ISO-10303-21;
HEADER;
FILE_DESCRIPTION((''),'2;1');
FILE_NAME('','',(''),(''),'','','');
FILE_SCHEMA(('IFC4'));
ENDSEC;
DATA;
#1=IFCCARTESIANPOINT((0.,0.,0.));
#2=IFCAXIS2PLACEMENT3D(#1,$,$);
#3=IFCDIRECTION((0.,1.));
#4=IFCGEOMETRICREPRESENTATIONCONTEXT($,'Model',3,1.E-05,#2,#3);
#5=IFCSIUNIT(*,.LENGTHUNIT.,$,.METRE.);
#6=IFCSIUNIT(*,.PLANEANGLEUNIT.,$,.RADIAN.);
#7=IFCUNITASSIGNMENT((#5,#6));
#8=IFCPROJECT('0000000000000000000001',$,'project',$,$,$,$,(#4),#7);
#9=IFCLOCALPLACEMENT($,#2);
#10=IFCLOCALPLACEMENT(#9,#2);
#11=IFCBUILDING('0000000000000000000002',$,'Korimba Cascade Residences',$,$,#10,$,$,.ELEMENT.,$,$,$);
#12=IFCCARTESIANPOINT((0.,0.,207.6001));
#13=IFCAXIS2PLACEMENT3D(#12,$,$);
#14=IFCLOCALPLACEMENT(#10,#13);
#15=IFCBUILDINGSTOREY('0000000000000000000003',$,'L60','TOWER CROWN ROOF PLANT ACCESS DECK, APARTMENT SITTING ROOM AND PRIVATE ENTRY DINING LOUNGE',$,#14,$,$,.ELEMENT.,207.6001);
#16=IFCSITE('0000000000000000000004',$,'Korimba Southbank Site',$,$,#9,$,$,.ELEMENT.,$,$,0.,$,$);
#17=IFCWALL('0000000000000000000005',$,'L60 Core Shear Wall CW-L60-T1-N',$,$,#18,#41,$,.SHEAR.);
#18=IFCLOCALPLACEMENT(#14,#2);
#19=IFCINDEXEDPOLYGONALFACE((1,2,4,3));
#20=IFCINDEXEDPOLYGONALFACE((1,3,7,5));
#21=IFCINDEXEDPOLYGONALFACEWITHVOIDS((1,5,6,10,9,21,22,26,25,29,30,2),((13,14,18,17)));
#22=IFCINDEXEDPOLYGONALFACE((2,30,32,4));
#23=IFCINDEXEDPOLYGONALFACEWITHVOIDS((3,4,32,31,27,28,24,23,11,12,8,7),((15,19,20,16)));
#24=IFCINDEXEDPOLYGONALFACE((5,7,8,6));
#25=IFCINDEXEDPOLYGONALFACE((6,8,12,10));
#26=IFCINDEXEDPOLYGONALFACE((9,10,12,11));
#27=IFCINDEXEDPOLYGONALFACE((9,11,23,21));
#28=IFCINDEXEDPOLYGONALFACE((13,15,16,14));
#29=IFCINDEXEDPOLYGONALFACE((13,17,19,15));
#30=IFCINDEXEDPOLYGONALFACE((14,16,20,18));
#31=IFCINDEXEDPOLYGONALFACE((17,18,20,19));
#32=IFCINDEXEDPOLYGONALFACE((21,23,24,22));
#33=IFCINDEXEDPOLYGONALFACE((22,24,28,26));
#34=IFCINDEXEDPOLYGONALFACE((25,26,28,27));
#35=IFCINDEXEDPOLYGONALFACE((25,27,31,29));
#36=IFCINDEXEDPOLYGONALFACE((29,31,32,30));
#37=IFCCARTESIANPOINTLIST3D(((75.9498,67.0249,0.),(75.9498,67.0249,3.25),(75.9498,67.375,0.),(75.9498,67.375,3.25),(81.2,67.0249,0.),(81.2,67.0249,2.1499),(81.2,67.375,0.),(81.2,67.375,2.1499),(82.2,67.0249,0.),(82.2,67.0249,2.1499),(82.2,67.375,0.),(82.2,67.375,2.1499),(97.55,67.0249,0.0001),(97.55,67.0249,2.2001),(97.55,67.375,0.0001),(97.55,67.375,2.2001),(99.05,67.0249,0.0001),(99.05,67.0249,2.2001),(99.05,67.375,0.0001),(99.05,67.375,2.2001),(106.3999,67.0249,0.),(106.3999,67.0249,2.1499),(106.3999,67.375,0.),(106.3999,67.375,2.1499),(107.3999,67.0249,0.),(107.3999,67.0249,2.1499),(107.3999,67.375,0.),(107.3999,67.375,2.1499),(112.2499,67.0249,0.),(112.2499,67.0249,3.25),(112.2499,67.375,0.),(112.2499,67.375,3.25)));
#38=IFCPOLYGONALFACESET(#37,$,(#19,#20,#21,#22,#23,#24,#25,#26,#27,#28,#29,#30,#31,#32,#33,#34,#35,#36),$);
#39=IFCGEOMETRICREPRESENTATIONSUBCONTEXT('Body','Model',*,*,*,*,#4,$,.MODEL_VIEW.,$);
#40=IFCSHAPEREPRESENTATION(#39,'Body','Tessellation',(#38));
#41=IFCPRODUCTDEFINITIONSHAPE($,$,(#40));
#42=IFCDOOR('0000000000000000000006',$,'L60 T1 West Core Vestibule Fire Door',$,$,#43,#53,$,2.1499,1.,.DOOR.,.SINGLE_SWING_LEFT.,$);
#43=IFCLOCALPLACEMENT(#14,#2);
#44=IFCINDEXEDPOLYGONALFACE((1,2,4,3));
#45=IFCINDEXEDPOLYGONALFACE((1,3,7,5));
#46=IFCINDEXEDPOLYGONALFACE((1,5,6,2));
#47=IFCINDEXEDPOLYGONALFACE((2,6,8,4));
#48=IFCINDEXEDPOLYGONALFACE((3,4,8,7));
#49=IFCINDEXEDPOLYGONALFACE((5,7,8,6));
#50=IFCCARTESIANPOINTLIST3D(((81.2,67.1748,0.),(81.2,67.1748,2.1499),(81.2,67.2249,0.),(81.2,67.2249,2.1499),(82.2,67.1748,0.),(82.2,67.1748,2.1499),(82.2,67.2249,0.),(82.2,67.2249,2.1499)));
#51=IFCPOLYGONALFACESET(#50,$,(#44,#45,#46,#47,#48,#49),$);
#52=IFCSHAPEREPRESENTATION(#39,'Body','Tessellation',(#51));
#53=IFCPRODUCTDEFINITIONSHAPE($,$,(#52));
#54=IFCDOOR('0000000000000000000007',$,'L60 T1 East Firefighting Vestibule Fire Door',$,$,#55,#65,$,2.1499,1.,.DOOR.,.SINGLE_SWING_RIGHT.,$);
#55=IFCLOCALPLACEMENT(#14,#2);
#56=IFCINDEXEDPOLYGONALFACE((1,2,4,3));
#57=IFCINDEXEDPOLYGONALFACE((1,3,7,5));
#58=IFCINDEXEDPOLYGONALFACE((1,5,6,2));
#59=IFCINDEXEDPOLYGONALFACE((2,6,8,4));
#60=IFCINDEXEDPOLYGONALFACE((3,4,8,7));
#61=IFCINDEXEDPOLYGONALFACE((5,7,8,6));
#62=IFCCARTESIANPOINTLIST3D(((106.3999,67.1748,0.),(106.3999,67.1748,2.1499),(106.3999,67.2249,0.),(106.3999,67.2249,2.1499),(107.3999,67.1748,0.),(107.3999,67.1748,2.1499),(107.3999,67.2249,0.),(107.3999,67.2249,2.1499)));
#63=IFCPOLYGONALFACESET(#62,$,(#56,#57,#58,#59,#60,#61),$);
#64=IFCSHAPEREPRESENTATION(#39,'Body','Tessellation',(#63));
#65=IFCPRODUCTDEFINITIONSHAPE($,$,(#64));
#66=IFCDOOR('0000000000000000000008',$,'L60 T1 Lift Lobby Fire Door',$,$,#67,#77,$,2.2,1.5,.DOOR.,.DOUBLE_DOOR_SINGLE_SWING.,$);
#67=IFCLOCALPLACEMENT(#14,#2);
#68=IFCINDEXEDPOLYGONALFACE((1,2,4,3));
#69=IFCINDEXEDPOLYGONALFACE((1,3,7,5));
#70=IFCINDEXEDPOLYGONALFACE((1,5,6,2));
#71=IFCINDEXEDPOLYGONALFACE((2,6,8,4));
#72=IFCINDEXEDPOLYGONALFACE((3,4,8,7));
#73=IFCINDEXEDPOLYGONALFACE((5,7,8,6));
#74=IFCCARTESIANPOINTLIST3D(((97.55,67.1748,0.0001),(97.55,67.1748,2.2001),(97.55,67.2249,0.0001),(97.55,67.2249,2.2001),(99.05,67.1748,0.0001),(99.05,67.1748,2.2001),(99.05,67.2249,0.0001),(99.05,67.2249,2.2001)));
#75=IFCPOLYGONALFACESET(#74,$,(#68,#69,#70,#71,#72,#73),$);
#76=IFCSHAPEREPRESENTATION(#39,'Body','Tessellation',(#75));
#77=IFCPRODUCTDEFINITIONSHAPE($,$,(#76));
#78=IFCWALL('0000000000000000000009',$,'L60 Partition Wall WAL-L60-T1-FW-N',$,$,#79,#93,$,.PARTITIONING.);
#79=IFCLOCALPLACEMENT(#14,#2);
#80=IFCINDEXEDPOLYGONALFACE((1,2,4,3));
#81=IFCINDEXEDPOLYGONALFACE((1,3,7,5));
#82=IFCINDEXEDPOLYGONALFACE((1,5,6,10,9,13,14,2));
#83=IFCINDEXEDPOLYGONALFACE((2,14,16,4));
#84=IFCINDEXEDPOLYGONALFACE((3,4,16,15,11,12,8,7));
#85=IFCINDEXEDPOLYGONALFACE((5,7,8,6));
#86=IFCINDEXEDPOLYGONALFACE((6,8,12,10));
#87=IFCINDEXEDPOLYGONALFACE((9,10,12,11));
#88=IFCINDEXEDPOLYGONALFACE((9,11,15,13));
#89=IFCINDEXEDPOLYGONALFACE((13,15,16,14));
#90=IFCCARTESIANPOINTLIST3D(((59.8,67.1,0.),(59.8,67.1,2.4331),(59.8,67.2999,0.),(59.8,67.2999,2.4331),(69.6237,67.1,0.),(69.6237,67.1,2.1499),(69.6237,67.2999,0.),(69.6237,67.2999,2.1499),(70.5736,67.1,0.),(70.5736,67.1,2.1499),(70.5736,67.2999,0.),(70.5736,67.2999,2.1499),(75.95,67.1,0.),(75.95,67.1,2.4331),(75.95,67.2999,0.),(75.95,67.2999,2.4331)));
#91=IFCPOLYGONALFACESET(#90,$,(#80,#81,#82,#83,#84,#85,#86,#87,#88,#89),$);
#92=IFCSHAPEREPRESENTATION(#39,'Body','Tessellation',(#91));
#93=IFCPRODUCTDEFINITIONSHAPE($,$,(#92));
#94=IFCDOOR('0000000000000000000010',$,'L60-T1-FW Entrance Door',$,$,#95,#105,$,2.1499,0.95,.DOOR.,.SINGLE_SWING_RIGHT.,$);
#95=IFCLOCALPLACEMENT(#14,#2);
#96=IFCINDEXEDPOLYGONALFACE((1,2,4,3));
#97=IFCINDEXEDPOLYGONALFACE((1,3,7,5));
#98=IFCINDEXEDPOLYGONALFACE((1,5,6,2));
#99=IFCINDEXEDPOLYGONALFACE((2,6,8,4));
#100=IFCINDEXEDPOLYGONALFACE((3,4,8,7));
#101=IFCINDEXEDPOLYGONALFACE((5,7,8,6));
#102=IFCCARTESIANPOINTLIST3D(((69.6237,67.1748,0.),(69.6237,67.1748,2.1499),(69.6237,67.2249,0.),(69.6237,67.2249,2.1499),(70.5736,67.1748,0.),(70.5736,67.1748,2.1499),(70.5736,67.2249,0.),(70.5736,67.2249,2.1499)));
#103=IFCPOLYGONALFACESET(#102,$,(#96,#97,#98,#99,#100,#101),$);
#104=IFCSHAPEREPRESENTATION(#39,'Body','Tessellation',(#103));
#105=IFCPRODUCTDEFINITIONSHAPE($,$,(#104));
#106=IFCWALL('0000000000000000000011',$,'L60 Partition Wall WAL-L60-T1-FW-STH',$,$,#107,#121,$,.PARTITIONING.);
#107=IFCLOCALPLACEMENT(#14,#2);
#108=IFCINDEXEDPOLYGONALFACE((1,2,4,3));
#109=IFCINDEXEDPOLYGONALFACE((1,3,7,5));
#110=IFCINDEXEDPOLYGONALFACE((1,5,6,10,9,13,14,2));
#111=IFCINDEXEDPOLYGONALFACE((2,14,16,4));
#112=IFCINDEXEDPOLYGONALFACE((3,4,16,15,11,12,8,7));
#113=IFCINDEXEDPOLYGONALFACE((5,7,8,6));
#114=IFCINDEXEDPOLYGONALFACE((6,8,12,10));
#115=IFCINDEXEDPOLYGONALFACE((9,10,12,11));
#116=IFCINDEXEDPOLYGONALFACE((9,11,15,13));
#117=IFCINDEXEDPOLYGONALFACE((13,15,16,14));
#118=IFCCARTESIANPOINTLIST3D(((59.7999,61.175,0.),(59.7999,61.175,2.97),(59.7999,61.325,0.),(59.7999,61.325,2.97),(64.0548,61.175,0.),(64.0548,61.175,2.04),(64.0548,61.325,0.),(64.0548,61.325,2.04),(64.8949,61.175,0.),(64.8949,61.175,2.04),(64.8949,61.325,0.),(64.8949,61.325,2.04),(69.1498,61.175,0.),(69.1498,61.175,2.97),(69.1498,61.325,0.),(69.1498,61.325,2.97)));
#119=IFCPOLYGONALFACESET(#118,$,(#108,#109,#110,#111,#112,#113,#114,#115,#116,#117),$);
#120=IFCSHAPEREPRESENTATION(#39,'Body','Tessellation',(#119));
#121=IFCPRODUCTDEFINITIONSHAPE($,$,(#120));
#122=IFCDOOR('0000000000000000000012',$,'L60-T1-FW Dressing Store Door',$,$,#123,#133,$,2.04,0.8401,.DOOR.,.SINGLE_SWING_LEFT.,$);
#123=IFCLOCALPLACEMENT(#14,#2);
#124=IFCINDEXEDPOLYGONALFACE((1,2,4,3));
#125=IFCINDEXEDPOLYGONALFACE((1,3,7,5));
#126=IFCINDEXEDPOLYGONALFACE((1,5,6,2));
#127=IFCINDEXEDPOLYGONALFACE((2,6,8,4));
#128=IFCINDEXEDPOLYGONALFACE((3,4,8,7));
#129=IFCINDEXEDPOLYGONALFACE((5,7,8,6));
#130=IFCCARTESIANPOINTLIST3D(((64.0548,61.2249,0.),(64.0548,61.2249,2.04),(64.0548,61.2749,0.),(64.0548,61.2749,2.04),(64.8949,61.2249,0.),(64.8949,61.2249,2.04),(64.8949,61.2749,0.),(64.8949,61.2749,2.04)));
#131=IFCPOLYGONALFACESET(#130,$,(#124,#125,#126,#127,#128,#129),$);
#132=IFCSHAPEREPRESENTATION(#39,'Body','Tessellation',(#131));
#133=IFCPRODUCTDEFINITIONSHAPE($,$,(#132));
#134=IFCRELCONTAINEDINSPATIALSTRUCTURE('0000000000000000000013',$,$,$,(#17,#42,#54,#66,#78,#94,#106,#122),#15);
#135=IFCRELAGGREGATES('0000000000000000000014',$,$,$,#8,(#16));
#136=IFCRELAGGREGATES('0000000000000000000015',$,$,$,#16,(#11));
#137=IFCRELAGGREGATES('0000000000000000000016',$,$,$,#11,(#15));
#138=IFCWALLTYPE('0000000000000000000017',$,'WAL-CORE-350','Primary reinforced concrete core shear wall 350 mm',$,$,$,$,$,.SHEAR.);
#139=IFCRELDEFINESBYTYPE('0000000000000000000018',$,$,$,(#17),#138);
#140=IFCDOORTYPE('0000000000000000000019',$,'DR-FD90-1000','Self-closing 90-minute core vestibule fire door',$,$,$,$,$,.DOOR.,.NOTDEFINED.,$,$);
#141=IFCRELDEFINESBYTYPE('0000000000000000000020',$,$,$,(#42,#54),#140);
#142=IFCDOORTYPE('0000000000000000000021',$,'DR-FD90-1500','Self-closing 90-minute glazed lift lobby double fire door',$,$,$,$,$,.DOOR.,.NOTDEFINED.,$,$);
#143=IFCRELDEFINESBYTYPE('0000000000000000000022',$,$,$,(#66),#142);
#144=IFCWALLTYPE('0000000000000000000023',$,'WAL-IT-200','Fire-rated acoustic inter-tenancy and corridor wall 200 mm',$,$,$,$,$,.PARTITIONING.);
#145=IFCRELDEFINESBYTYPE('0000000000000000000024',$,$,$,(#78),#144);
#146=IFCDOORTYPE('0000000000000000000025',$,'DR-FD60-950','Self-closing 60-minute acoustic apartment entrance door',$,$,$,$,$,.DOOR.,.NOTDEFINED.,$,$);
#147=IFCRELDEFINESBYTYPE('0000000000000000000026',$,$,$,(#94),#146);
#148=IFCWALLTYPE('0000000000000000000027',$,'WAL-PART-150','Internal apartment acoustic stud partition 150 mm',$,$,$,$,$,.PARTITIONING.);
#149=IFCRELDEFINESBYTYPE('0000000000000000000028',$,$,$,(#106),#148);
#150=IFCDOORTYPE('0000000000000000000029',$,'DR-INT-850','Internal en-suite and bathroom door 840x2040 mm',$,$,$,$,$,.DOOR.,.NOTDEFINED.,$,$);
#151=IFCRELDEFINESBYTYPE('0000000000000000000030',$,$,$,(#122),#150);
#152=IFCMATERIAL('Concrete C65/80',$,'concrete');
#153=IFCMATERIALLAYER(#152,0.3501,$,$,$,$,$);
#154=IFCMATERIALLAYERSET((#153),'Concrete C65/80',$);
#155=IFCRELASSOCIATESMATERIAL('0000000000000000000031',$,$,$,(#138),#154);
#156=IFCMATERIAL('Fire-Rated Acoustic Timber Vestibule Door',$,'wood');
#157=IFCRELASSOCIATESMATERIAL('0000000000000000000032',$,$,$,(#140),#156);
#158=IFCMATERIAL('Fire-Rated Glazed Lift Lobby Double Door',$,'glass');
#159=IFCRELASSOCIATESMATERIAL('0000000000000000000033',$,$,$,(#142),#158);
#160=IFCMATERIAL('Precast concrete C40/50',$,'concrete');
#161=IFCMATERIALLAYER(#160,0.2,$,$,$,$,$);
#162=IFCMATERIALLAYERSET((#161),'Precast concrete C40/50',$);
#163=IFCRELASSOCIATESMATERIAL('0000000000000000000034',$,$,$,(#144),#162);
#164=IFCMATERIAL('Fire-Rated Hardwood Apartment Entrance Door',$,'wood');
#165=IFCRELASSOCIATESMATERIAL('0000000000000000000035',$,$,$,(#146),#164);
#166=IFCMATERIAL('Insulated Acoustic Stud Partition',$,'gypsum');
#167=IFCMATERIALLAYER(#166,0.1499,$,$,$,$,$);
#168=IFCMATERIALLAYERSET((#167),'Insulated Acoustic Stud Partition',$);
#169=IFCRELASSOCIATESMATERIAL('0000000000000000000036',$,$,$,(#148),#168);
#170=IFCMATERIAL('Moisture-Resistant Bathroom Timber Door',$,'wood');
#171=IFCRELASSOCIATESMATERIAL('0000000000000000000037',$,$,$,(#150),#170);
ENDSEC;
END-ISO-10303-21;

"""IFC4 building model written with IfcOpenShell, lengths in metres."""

from ifc_helpers import new_model, si_unit, direction, frame, frame_2d, origin, place, context, subcontext, project, spatial, rectangle, extrude, material, layer, layer_set, type_object, element, fill, save


model = new_model("IFC4")

# Units and contexts
model_context = context("Model", 3, precision=1e-05, world=origin(), true_north=direction((0.0, 1.0)))
body_context = subcontext(model_context, "Body", "Model", "MODEL_VIEW")
ifc_project = project(units=[si_unit("LENGTHUNIT", "METRE"), si_unit("PLANEANGLEUNIT", "RADIAN")], contexts=[model_context])

# Site, building, storey
site_placement = place(None, origin())
site = spatial("IfcSite", under=ifc_project, at=site_placement, Name="Korimba Southbank Site", CompositionType="ELEMENT", RefElevation=0.0)
building_placement = place(site_placement, origin())
building = spatial("IfcBuilding", under=site, at=building_placement, Name="Korimba Cascade Residences", CompositionType="ELEMENT")
storey_placement = place(building_placement, frame((0.0, 0.0, 207.6001)))
storey = spatial("IfcBuildingStorey", under=building, at=storey_placement, Name="L60", Description="TOWER CROWN ROOF PLANT ACCESS DECK, APARTMENT SITTING ROOM AND PRIVATE ENTRY DINING LOUNGE", CompositionType="ELEMENT", Elevation=207.6001)

# Shared definitions
ifc_material_1 = material(Name="Concrete C65/80", Category="concrete")

# Wall, openings, doors
ifc_layer_1 = layer(ifc_material_1, 0.3501)
ifc_layer_set_1 = layer_set([ifc_layer_1], Name="Concrete C65/80")
wall_type_1 = type_object("IfcWallType", Name="WAL-CORE-350", Description="Primary reinforced concrete core shear wall 350 mm", PredefinedType="SHEAR", material=ifc_layer_set_1)
wall_1_placement = place(storey_placement, frame((75.95, 67.2, 0.0), z_axis=(0.0, 0.0, 1.0), x_axis=(1.0, 0.0, 0.0)))
wall_1 = element("IfcWall", 1, at=wall_1_placement, inside=storey, type_object=wall_type_1, Name="L60 Core Shear Wall CW-L60-T1-N", PredefinedType="SHEAR", context=body_context, shape_type="SweptSolid", body=[
    extrude(rectangle(XDim=36.3, YDim=0.3501, at=frame_2d((18.1499, 0.0))), origin(), (0.0, 0.0, 1.0), 3.25),
])
opening_1_placement = place(wall_1_placement, frame((5.25, 0.0, 0.0)))
opening_1 = element("IfcOpeningElement", 2, at=opening_1_placement, cuts=wall_1, PredefinedType="OPENING", context=body_context, shape_type="SweptSolid", body=[
    extrude(rectangle(XDim=1.0, YDim=2.1499, at=frame_2d((0.5, 1.075))), frame((0.0, 0.1851, 0.0), z_axis=(0.0, -1.0, 0.0), x_axis=(1.0, 0.0, 0.0)), (0.0, 0.0, 1.0), 0.3701),
])
opening_2_placement = place(wall_1_placement, frame((21.6001, 0.0, 0.0)))
opening_2 = element("IfcOpeningElement", 3, at=opening_2_placement, cuts=wall_1, PredefinedType="OPENING", context=body_context, shape_type="SweptSolid", body=[
    extrude(rectangle(XDim=1.5, YDim=2.2, at=frame_2d((0.75, 1.1001))), frame((0.0, 0.1851, 0.0), z_axis=(0.0, -1.0, 0.0), x_axis=(1.0, 0.0, 0.0)), (0.0, 0.0, 1.0), 0.3701),
])
opening_3_placement = place(wall_1_placement, frame((30.45, 0.0, 0.0)))
opening_3 = element("IfcOpeningElement", 4, at=opening_3_placement, cuts=wall_1, PredefinedType="OPENING", context=body_context, shape_type="SweptSolid", body=[
    extrude(rectangle(XDim=1.0, YDim=2.1499, at=frame_2d((0.5, 1.075))), frame((0.0, 0.1851, 0.0), z_axis=(0.0, -1.0, 0.0), x_axis=(1.0, 0.0, 0.0)), (0.0, 0.0, 1.0), 0.3701),
])
ifc_material_2 = material(Name="Fire-Rated Acoustic Timber Vestibule Door", Category="wood")
door_type_1 = type_object("IfcDoorType", Name="DR-FD90-1000", Description="Self-closing 90-minute core vestibule fire door", OperationType="NOTDEFINED", PredefinedType="DOOR", material=ifc_material_2)
door_1_placement = place(opening_1_placement, origin())
door_1 = element("IfcDoor", 5, at=door_1_placement, inside=storey, type_object=door_type_1, Name="L60 T1 West Core Vestibule Fire Door", OperationType="SINGLE_SWING_LEFT", OverallHeight=2.1499, OverallWidth=1.0, PredefinedType="DOOR", context=body_context, shape_type="SweptSolid", body=[
    extrude(rectangle(XDim=1.0, YDim=2.1499, at=frame_2d((0.5, 1.075))), frame((0.0, 0.0249, 0.0), z_axis=(0.0, -1.0, 0.0), x_axis=(1.0, 0.0, 0.0)), (0.0, 0.0, 1.0), 0.05),
])
fill(opening_1, door_1)
door_2_placement = place(opening_3_placement, origin())
door_2 = element("IfcDoor", 6, at=door_2_placement, inside=storey, type_object=door_type_1, Name="L60 T1 East Firefighting Vestibule Fire Door", OperationType="SINGLE_SWING_RIGHT", OverallHeight=2.1499, OverallWidth=1.0, PredefinedType="DOOR", context=body_context, shape_type="SweptSolid", body=[
    extrude(rectangle(XDim=1.0, YDim=2.1499, at=frame_2d((0.5, 1.075))), frame((0.0, 0.0249, 0.0), z_axis=(0.0, -1.0, 0.0), x_axis=(1.0, 0.0, 0.0)), (0.0, 0.0, 1.0), 0.05),
])
fill(opening_3, door_2)
ifc_material_3 = material(Name="Fire-Rated Glazed Lift Lobby Double Door", Category="glass")
door_type_2 = type_object("IfcDoorType", Name="DR-FD90-1500", Description="Self-closing 90-minute glazed lift lobby double fire door", OperationType="NOTDEFINED", PredefinedType="DOOR", material=ifc_material_3)
door_3_placement = place(opening_2_placement, origin())
door_3 = element("IfcDoor", 7, at=door_3_placement, inside=storey, type_object=door_type_2, Name="L60 T1 Lift Lobby Fire Door", OperationType="DOUBLE_DOOR_SINGLE_SWING", OverallHeight=2.2, OverallWidth=1.5, PredefinedType="DOOR", context=body_context, shape_type="SweptSolid", body=[
    extrude(rectangle(XDim=1.5, YDim=2.2, at=frame_2d((0.75, 1.1001))), frame((0.0, 0.0249, 0.0), z_axis=(0.0, -1.0, 0.0), x_axis=(1.0, 0.0, 0.0)), (0.0, 0.0, 1.0), 0.05),
])
fill(opening_2, door_3)

# Walls, openings, doors
ifc_material_4 = material(Name="Precast concrete C40/50", Category="concrete")
ifc_layer_2 = layer(ifc_material_4, 0.2)
ifc_layer_set_2 = layer_set([ifc_layer_2], Name="Precast concrete C40/50")
wall_type_2 = type_object("IfcWallType", Name="WAL-IT-200", Description="Fire-rated acoustic inter-tenancy and corridor wall 200 mm", PredefinedType="PARTITIONING", material=ifc_layer_set_2)
wall_2_placement = place(storey_placement, frame((59.8, 67.2, 0.0), z_axis=(0.0, 0.0, 1.0), x_axis=(1.0, 0.0, 0.0)))
wall_2 = element("IfcWall", 8, at=wall_2_placement, inside=storey, type_object=wall_type_2, Name="L60 Partition Wall WAL-L60-T1-FW-N", PredefinedType="PARTITIONING", context=body_context, shape_type="SweptSolid", body=[
    extrude(rectangle(XDim=16.1499, YDim=0.2, at=frame_2d((8.075, 0.0))), origin(), (0.0, 0.0, 1.0), 2.4331),
])
opening_4_placement = place(wall_2_placement, frame((9.8235, 0.0, 0.0)))
opening_4 = element("IfcOpeningElement", 9, at=opening_4_placement, cuts=wall_2, PredefinedType="OPENING", context=body_context, shape_type="SweptSolid", body=[
    extrude(rectangle(XDim=0.95, YDim=2.1499, at=frame_2d((0.4751, 1.075))), frame((0.0, 0.1099, 0.0), z_axis=(0.0, -1.0, 0.0), x_axis=(1.0, 0.0, 0.0)), (0.0, 0.0, 1.0), 0.22),
])
ifc_material_5 = material(Name="Fire-Rated Hardwood Apartment Entrance Door", Category="wood")
door_type_3 = type_object("IfcDoorType", Name="DR-FD60-950", Description="Self-closing 60-minute acoustic apartment entrance door", OperationType="NOTDEFINED", PredefinedType="DOOR", material=ifc_material_5)
door_4_placement = place(opening_4_placement, origin())
door_4 = element("IfcDoor", 10, at=door_4_placement, inside=storey, type_object=door_type_3, Name="L60-T1-FW Entrance Door", OperationType="SINGLE_SWING_RIGHT", OverallHeight=2.1499, OverallWidth=0.95, PredefinedType="DOOR", context=body_context, shape_type="SweptSolid", body=[
    extrude(rectangle(XDim=0.95, YDim=2.1499, at=frame_2d((0.4751, 1.075))), frame((0.0, 0.0249, 0.0), z_axis=(0.0, -1.0, 0.0), x_axis=(1.0, 0.0, 0.0)), (0.0, 0.0, 1.0), 0.05),
])
fill(opening_4, door_4)
ifc_material_6 = material(Name="Insulated Acoustic Stud Partition", Category="gypsum")
ifc_layer_3 = layer(ifc_material_6, 0.1499)
ifc_layer_set_3 = layer_set([ifc_layer_3], Name="Insulated Acoustic Stud Partition")
wall_type_3 = type_object("IfcWallType", Name="WAL-PART-150", Description="Internal apartment acoustic stud partition 150 mm", PredefinedType="PARTITIONING", material=ifc_layer_set_3)
wall_3_placement = place(storey_placement, frame((59.8, 61.25, 0.0), z_axis=(0.0, 0.0, 1.0), x_axis=(1.0, 0.0, 0.0)))
wall_3 = element("IfcWall", 11, at=wall_3_placement, inside=storey, type_object=wall_type_3, Name="L60 Partition Wall WAL-L60-T1-FW-STH", PredefinedType="PARTITIONING", context=body_context, shape_type="SweptSolid", body=[
    extrude(rectangle(XDim=9.3499, YDim=0.1499, at=frame_2d((4.6748, 0.0))), origin(), (0.0, 0.0, 1.0), 2.97),
])
opening_5_placement = place(wall_3_placement, frame((4.2549, 0.0, 0.0)))
opening_5 = element("IfcOpeningElement", 12, at=opening_5_placement, cuts=wall_3, PredefinedType="OPENING", context=body_context, shape_type="SweptSolid", body=[
    extrude(rectangle(XDim=0.8401, YDim=2.04, at=frame_2d((0.4199, 1.02))), frame((0.0, 0.085, 0.0), z_axis=(0.0, -1.0, 0.0), x_axis=(1.0, 0.0, 0.0)), (0.0, 0.0, 1.0), 0.1699),
])
ifc_material_7 = material(Name="Moisture-Resistant Bathroom Timber Door", Category="wood")
door_type_4 = type_object("IfcDoorType", Name="DR-INT-850", Description="Internal en-suite and bathroom door 840x2040 mm", OperationType="NOTDEFINED", PredefinedType="DOOR", material=ifc_material_7)
door_5_placement = place(opening_5_placement, origin())
door_5 = element("IfcDoor", 13, at=door_5_placement, inside=storey, type_object=door_type_4, Name="L60-T1-FW Dressing Store Door", OperationType="SINGLE_SWING_LEFT", OverallHeight=2.04, OverallWidth=0.8401, PredefinedType="DOOR", context=body_context, shape_type="SweptSolid", body=[
    extrude(rectangle(XDim=0.8401, YDim=2.04, at=frame_2d((0.4199, 1.02))), frame((0.0, 0.0249, 0.0), z_axis=(0.0, -1.0, 0.0), x_axis=(1.0, 0.0, 0.0)), (0.0, 0.0, 1.0), 0.05),
])
fill(opening_5, door_5)

save(model, "model.ifc")
